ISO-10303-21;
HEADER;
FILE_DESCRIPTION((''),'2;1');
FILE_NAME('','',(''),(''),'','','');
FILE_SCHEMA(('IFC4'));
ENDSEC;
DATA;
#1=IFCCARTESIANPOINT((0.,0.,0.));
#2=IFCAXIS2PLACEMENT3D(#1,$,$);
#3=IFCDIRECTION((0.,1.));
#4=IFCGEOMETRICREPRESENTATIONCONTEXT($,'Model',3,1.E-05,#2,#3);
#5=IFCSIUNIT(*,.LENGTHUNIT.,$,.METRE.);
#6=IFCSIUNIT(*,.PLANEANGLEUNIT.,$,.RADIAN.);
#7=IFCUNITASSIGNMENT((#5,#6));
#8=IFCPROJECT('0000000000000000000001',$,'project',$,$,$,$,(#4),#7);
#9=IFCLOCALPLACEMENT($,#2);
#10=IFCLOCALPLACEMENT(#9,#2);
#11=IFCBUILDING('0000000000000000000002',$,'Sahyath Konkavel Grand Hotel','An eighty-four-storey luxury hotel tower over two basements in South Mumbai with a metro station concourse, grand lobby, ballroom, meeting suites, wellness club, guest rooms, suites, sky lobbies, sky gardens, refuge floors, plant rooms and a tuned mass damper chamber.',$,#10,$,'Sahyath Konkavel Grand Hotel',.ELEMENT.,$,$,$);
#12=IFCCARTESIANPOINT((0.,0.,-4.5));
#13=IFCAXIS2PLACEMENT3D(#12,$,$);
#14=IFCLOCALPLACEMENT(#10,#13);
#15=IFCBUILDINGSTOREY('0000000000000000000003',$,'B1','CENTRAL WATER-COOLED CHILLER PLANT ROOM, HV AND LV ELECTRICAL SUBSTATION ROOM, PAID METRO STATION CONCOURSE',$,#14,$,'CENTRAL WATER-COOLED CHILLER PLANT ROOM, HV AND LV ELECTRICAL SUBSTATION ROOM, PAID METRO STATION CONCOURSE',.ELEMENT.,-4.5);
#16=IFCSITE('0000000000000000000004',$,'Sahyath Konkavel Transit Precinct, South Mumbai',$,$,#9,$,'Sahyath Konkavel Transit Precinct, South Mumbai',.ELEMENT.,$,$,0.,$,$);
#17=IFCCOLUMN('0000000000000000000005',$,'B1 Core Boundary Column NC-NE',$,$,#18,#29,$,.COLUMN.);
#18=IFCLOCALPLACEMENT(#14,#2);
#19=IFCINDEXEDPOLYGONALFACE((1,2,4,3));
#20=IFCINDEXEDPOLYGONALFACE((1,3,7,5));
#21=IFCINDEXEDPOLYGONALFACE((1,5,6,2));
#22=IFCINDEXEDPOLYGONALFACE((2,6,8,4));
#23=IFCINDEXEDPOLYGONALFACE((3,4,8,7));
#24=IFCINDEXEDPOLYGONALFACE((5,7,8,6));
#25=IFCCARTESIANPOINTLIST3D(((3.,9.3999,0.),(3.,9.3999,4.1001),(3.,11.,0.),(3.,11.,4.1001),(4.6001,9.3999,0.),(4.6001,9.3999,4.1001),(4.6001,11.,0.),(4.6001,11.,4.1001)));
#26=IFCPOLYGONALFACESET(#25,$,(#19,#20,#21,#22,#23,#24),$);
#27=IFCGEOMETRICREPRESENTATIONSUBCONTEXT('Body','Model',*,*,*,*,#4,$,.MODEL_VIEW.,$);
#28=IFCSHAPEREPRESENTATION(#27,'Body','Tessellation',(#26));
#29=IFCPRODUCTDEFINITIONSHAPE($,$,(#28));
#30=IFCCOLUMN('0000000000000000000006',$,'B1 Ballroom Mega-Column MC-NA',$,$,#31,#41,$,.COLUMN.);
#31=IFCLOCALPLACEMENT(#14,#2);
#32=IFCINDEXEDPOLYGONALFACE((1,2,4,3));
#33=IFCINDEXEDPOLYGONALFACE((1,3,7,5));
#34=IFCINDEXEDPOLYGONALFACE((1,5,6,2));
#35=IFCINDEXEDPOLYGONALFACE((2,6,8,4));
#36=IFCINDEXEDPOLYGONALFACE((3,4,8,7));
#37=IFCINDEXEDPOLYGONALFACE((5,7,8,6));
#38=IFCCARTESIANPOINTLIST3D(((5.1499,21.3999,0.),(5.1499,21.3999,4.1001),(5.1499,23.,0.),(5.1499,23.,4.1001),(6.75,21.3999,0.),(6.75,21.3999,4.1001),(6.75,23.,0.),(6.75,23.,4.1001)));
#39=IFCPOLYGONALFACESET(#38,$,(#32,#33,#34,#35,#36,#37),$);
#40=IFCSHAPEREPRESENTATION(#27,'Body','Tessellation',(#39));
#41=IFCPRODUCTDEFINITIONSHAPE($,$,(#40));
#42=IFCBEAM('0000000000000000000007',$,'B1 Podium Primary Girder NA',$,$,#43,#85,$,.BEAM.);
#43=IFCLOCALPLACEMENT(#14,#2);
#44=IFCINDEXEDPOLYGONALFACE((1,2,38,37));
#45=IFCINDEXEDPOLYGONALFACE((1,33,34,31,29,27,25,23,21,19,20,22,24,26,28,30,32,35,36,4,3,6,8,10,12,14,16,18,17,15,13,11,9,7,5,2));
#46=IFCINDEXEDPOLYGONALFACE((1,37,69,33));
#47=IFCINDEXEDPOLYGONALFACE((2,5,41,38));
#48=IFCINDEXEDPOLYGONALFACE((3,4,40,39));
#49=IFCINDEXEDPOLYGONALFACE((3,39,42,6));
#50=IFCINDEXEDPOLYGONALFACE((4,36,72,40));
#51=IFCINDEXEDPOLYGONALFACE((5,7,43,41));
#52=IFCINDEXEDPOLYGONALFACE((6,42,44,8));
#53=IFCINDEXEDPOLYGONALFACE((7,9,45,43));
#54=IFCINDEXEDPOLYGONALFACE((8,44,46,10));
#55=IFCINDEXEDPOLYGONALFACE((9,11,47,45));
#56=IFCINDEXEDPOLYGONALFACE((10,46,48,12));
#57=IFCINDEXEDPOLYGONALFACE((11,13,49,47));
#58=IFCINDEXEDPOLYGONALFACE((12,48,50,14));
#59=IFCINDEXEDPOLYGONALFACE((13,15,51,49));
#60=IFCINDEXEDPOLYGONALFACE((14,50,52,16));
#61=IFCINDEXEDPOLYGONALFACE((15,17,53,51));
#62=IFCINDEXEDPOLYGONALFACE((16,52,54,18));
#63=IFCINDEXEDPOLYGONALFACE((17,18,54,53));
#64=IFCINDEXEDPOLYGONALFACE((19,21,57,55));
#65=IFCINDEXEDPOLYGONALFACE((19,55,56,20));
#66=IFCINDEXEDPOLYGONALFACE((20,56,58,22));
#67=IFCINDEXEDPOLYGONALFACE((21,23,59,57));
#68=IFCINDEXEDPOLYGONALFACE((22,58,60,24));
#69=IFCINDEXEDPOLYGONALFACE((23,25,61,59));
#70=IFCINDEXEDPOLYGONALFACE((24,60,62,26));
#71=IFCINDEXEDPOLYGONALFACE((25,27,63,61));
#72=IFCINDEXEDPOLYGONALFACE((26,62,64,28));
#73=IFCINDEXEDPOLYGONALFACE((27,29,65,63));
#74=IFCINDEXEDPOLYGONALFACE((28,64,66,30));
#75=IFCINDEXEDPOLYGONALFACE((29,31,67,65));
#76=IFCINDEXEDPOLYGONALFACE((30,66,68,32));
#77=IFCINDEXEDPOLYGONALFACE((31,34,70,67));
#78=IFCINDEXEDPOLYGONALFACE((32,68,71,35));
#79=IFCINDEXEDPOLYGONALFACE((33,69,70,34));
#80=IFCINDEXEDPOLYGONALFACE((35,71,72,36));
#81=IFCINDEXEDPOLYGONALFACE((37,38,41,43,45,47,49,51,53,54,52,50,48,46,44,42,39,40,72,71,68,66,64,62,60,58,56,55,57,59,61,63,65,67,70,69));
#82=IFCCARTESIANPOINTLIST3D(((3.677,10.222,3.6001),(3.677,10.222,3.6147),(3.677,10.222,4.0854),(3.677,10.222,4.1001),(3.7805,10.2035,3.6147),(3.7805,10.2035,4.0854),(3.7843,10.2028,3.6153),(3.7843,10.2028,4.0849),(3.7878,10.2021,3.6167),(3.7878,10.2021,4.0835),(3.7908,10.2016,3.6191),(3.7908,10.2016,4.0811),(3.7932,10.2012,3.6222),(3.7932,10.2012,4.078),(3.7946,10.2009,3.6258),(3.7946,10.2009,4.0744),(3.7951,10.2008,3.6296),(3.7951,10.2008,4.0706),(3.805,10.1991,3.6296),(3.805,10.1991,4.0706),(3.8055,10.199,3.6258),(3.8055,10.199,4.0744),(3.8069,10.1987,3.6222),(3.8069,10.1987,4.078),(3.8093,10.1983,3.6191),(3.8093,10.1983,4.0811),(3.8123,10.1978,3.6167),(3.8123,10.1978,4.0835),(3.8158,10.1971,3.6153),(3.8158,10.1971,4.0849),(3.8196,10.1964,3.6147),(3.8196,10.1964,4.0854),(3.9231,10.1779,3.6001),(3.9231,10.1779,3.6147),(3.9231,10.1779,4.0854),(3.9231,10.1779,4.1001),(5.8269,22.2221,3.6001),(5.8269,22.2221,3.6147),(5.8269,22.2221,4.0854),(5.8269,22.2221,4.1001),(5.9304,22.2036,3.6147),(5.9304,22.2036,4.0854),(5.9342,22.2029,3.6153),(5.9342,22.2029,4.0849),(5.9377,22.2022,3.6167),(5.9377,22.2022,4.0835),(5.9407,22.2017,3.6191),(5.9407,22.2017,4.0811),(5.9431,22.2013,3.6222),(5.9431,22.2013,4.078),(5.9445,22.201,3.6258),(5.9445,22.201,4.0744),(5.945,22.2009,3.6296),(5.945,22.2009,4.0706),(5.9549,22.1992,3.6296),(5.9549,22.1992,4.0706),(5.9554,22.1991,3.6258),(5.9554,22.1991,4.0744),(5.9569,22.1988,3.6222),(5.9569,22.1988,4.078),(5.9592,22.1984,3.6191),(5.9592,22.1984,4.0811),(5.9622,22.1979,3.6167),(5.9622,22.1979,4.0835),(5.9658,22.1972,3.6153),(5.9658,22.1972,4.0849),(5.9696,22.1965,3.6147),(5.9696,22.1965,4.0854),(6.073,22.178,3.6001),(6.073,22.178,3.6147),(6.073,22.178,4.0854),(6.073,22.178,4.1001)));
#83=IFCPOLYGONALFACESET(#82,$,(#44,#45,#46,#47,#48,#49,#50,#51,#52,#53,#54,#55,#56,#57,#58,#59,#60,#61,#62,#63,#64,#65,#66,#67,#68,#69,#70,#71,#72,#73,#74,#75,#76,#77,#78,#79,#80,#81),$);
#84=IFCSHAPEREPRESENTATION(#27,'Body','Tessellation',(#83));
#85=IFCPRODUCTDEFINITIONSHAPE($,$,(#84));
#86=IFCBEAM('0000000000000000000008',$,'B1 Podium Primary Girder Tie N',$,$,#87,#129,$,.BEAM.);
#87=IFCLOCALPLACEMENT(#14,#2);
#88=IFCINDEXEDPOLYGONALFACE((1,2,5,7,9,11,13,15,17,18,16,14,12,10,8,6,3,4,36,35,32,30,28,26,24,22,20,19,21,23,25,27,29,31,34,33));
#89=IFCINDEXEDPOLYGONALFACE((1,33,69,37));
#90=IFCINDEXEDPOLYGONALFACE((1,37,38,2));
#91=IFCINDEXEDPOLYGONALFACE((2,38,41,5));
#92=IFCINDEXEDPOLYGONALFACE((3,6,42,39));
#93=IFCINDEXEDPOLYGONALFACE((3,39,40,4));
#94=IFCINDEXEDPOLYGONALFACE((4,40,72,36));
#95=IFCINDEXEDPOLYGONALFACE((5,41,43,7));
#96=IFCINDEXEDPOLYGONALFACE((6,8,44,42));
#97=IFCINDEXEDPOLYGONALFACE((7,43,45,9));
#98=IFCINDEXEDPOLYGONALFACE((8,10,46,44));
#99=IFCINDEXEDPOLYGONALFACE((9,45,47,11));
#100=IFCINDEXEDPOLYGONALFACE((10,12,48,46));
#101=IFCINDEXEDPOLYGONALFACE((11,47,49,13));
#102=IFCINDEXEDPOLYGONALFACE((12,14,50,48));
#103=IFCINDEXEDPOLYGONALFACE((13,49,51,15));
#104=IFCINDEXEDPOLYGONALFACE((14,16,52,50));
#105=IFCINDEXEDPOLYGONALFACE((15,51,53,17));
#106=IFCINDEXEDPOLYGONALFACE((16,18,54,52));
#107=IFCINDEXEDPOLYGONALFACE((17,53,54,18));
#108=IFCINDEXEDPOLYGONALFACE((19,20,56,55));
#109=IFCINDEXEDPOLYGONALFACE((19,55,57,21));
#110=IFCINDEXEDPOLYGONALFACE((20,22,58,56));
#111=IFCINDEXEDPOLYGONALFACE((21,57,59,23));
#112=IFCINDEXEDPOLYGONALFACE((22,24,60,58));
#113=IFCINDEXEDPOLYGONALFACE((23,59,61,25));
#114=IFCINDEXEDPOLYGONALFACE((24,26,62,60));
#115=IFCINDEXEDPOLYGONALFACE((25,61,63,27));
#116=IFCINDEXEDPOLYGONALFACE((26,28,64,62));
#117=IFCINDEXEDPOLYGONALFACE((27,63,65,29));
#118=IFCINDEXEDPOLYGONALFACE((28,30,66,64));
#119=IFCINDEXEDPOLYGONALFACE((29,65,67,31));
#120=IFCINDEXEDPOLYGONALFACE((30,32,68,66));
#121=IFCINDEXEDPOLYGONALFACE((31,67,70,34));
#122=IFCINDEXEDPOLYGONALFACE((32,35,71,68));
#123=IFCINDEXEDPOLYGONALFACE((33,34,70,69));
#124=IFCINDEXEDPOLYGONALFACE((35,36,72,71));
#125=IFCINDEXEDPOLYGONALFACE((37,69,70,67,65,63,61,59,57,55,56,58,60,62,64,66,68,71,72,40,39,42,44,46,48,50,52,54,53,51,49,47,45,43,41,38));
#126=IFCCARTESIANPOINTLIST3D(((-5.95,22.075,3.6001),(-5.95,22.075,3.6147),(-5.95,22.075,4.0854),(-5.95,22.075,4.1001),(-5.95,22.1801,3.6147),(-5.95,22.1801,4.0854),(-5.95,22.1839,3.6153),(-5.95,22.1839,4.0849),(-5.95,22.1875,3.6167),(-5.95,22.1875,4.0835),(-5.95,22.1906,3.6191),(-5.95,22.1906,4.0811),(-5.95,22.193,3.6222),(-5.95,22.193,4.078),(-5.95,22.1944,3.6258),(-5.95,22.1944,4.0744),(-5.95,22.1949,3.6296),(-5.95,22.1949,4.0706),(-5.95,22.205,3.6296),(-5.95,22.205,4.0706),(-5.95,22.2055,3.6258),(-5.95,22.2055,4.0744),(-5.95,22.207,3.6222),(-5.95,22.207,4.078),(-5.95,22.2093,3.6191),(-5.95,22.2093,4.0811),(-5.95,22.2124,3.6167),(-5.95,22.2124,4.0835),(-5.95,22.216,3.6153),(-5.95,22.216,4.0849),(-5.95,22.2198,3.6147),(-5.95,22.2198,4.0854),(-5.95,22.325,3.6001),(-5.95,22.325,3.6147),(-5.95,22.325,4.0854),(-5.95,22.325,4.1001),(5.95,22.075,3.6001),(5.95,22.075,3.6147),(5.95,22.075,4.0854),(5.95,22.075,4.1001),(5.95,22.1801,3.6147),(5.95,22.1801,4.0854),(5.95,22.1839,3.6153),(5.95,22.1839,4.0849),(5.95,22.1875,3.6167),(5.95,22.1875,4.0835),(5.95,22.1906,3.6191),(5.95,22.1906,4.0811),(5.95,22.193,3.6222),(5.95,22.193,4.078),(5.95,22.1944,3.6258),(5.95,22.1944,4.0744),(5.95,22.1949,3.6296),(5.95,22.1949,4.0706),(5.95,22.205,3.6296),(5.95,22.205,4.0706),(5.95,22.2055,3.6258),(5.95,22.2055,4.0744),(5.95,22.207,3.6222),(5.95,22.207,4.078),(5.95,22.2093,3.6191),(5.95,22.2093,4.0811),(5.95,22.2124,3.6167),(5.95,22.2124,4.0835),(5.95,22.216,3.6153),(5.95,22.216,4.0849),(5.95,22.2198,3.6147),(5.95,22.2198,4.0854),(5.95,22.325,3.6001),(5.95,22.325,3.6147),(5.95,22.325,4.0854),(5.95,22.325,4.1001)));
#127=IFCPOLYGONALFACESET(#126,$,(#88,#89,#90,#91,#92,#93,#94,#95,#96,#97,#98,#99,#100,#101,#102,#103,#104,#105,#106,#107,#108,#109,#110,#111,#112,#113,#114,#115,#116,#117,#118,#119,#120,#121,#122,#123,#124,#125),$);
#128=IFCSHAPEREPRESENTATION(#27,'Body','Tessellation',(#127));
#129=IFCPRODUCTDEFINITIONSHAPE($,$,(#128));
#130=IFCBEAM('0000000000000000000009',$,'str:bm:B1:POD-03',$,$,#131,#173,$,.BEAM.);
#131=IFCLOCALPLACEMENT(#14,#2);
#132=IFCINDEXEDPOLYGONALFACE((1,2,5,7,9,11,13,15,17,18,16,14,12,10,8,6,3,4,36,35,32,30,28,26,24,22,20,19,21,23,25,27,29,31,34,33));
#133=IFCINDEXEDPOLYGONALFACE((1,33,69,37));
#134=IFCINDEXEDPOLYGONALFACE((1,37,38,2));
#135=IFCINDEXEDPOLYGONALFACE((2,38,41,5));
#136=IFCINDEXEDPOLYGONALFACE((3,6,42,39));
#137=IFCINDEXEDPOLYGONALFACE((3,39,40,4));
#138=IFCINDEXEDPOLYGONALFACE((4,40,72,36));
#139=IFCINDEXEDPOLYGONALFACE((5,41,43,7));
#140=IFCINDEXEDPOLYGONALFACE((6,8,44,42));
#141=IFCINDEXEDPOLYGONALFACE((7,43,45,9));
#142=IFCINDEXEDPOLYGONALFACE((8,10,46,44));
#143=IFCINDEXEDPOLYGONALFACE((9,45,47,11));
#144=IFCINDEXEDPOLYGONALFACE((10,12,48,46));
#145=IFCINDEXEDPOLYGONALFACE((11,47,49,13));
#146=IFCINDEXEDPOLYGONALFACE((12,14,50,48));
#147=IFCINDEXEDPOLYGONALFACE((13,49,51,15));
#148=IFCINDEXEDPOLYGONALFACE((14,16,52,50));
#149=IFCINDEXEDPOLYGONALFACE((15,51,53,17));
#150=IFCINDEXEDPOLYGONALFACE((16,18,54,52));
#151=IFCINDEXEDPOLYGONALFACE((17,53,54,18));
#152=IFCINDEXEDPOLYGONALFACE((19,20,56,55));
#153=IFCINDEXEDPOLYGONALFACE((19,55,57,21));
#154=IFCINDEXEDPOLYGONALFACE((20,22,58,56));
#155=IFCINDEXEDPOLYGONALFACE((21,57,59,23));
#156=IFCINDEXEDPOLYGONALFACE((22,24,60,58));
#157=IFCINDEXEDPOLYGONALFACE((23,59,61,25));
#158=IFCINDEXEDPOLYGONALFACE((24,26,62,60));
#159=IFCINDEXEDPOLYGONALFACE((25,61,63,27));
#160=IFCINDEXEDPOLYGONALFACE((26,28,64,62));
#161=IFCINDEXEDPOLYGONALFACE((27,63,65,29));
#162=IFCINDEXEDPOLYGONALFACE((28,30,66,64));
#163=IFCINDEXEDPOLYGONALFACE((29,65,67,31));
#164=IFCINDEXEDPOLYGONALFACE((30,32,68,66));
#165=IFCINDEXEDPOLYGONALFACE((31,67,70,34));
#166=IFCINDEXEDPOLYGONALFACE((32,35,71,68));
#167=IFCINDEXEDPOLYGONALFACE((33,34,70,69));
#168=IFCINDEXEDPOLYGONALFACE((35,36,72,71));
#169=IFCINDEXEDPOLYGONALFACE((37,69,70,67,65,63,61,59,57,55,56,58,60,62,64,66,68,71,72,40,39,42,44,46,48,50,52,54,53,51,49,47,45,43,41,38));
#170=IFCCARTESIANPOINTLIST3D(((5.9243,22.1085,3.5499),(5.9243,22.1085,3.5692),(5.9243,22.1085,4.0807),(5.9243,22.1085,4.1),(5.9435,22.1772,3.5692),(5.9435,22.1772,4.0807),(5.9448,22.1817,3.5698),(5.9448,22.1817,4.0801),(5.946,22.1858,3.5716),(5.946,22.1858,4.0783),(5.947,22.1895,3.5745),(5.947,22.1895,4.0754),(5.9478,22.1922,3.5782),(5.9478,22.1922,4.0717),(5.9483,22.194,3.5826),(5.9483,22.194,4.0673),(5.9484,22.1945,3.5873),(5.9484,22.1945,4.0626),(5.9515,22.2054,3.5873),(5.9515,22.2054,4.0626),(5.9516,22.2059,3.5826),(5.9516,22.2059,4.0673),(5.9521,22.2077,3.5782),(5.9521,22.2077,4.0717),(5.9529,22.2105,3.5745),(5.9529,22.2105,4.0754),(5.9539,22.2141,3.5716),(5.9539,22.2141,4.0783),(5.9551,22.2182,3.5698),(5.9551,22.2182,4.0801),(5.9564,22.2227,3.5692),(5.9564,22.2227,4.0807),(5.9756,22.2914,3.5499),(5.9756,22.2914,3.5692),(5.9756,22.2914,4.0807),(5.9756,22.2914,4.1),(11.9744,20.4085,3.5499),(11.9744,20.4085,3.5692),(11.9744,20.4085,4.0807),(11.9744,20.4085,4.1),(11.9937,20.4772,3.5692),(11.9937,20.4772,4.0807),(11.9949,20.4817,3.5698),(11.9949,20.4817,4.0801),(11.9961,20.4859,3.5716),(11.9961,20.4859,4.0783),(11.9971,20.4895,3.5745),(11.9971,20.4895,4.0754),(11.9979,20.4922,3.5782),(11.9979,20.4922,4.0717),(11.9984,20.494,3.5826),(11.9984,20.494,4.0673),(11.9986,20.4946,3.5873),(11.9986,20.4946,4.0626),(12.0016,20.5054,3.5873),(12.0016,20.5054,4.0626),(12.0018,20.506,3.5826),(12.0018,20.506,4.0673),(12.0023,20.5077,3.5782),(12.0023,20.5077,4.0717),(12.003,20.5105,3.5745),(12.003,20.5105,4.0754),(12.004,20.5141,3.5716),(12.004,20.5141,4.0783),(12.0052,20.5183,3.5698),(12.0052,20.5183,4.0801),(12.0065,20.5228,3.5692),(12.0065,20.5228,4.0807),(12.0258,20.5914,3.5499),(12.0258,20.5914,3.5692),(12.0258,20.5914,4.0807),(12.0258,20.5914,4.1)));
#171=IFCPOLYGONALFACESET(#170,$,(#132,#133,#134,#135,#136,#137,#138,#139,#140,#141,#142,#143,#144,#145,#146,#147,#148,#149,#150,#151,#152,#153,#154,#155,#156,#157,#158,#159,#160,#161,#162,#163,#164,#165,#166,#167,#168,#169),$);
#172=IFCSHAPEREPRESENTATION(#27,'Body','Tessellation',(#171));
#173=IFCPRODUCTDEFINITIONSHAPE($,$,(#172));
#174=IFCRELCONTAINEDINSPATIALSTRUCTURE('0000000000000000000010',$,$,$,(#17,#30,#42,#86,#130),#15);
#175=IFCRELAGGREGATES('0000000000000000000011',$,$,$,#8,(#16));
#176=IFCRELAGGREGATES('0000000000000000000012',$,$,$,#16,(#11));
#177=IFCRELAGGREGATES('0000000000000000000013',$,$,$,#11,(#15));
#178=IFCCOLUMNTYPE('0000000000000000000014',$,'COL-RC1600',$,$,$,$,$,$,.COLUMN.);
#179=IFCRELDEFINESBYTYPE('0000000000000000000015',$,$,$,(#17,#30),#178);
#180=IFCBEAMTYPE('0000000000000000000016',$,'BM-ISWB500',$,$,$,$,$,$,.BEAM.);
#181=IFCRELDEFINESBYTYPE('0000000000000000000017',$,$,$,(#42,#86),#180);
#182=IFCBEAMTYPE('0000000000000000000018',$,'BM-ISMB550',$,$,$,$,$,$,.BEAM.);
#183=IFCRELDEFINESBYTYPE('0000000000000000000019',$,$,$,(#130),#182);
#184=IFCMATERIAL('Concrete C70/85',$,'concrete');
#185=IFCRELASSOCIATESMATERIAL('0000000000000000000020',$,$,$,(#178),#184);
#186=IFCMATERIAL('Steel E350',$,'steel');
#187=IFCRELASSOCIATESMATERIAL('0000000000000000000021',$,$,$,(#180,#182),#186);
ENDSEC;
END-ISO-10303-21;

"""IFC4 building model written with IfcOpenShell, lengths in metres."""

from ifc_helpers import new_model, si_unit, direction, frame, origin, origin_2d, place, context, subcontext, project, spatial, rectangle, i_section, extrude, source, transform, mapped, material, material_profile, profile_set, type_object, element, save


model = new_model("IFC4")

# Units and contexts
model_context = context("Model", 3, precision=1e-05, world=origin(), true_north=direction((0.0, 1.0)))
body_context = subcontext(model_context, "Body", "Model", "MODEL_VIEW")
ifc_project = project(units=[si_unit("LENGTHUNIT", "METRE"), si_unit("PLANEANGLEUNIT", "RADIAN")], contexts=[model_context])

# Site, building, storey
site_placement = place(None, origin())
site = spatial("IfcSite", under=ifc_project, at=site_placement, Name="Sahyath Konkavel Transit Precinct, South Mumbai", LongName="Sahyath Konkavel Transit Precinct, South Mumbai", CompositionType="ELEMENT", RefElevation=0.0)
building_placement = place(site_placement, origin())
building = spatial("IfcBuilding", under=site, at=building_placement, Name="Sahyath Konkavel Grand Hotel", Description="An eighty-four-storey luxury hotel tower over two basements in South Mumbai with a metro station concourse, grand lobby, ballroom, meeting suites, wellness club, guest rooms, suites, sky lobbies, sky gardens, refuge floors, plant rooms and a tuned mass damper chamber.", LongName="Sahyath Konkavel Grand Hotel", CompositionType="ELEMENT")
storey_placement = place(building_placement, frame((0.0, 0.0, -4.5)))
storey = spatial("IfcBuildingStorey", under=building, at=storey_placement, Name="B1", Description="CENTRAL WATER-COOLED CHILLER PLANT ROOM, HV AND LV ELECTRICAL SUBSTATION ROOM, PAID METRO STATION CONCOURSE", LongName="CENTRAL WATER-COOLED CHILLER PLANT ROOM, HV AND LV ELECTRICAL SUBSTATION ROOM, PAID METRO STATION CONCOURSE", CompositionType="ELEMENT", Elevation=-4.5)

# Columns
ifc_material_1 = material(Name="Concrete C70/85", Category="concrete")
ifc_material_profile_1 = material_profile(ifc_material_1, rectangle(XDim=1.6001, YDim=1.6001, at=origin_2d()), Name="RC 1600x1600")
ifc_profile_set_1 = profile_set([ifc_material_profile_1], Name="Concrete C70/85")
column_type = type_object("IfcColumnType", Name="COL-RC1600", PredefinedType="COLUMN", material=ifc_profile_set_1)
shared_shape_1 = source(origin(), body_context, "Body", "SweptSolid", [
    extrude(rectangle(XDim=1.6001, YDim=1.6001, at=origin_2d()), origin(), (0.0, 0.0, 1.0), 4.1001),
])
for number, where, z_axis, x_axis, name in (
    (1, (3.8, 10.2, 0.0), (0.0, 0.0, 1.0), (1.0, 0.0, 0.0), "B1 Core Boundary Column NC-NE"),
    (2, (5.95, 22.2, 0.0), (0.0, 0.0, 1.0), (1.0, 0.0, 0.0), "B1 Ballroom Mega-Column MC-NA"),
):
    element("IfcColumn", number, at=place(storey_placement, frame(where, z_axis=z_axis, x_axis=x_axis)), inside=storey, type_object=column_type, Name=name, PredefinedType="COLUMN", context=body_context, shape_type="MappedRepresentation", body=[
        mapped(shared_shape_1, transform((0.0, 0.0, 0.0), scale=1.0)),
    ])

# Beams
ifc_material_2 = material(Name="Steel E350", Category="steel")
ifc_material_profile_2 = material_profile(ifc_material_2, i_section(OverallWidth=0.25, OverallDepth=0.5, WebThickness=0.01, FlangeThickness=0.0146, FilletRadius=0.0149, at=origin_2d()), Name="ISWB 500")
ifc_profile_set_2 = profile_set([ifc_material_profile_2], Name="Steel E350")
beam_type_1 = type_object("IfcBeamType", Name="BM-ISWB500", PredefinedType="BEAM", material=ifc_profile_set_2)
shared_shape_2 = source(origin(), body_context, "Body", "SweptSolid", [
    extrude(i_section(OverallWidth=0.25, OverallDepth=0.5, WebThickness=0.01, FlangeThickness=0.0146, FilletRadius=0.0149, at=origin_2d()), origin(), (0.0, 0.0, 1.0), 12.1912),
])
beam_1_placement = place(storey_placement, frame((3.8, 10.2, 3.8501), z_axis=(0.176351, 0.984327, 0.0), x_axis=(-0.984327, 0.176351, 0.0)))
element("IfcBeam", 3, at=beam_1_placement, inside=storey, type_object=beam_type_1, Name="B1 Podium Primary Girder NA", PredefinedType="BEAM", context=body_context, shape_type="MappedRepresentation", body=[
    mapped(shared_shape_2, transform((0.0, 0.0, 0.0), scale=1.0)),
])
shared_shape_3 = source(origin(), body_context, "Body", "SweptSolid", [
    extrude(i_section(OverallWidth=0.25, OverallDepth=0.5, WebThickness=0.01, FlangeThickness=0.0146, FilletRadius=0.0149, at=origin_2d()), origin(), (0.0, 0.0, 1.0), 11.8999),
])
beam_2_placement = place(storey_placement, frame((5.95, 22.2, 3.8501), z_axis=(-1.0, 0.0, 0.0), x_axis=(0.0, -1.0, 0.0)))
element("IfcBeam", 4, at=beam_2_placement, inside=storey, type_object=beam_type_1, Name="B1 Podium Primary Girder Tie N", PredefinedType="BEAM", context=body_context, shape_type="MappedRepresentation", body=[
    mapped(shared_shape_3, transform((0.0, 0.0, 0.0), scale=1.0)),
])
ifc_material_profile_3 = material_profile(ifc_material_2, i_section(OverallWidth=0.1899, OverallDepth=0.55, WebThickness=0.0112, FlangeThickness=0.0193, FilletRadius=0.0181, at=origin_2d()), Name="ISMB 550")
ifc_profile_set_3 = profile_set([ifc_material_profile_3], Name="Steel E350")
beam_type_2 = type_object("IfcBeamType", Name="BM-ISMB550", PredefinedType="BEAM", material=ifc_profile_set_3)
shared_shape_4 = source(origin(), body_context, "Body", "SweptSolid", [
    extrude(i_section(OverallWidth=0.1899, OverallDepth=0.55, WebThickness=0.0112, FlangeThickness=0.0193, FilletRadius=0.0181, at=origin_2d()), origin(), (0.0, 0.0, 1.0), 6.2844),
])
beam_3_placement = place(storey_placement, frame((5.95, 22.2, 3.825), z_axis=(0.962718, -0.270506, 0.0), x_axis=(0.270506, 0.962718, 0.0)))
element("IfcBeam", 5, at=beam_3_placement, inside=storey, type_object=beam_type_2, Name="str:bm:B1:POD-03", PredefinedType="BEAM", context=body_context, shape_type="MappedRepresentation", body=[
    mapped(shared_shape_4, transform((0.0, 0.0, 0.0), scale=1.0)),
])

save(model, "model.ifc")
